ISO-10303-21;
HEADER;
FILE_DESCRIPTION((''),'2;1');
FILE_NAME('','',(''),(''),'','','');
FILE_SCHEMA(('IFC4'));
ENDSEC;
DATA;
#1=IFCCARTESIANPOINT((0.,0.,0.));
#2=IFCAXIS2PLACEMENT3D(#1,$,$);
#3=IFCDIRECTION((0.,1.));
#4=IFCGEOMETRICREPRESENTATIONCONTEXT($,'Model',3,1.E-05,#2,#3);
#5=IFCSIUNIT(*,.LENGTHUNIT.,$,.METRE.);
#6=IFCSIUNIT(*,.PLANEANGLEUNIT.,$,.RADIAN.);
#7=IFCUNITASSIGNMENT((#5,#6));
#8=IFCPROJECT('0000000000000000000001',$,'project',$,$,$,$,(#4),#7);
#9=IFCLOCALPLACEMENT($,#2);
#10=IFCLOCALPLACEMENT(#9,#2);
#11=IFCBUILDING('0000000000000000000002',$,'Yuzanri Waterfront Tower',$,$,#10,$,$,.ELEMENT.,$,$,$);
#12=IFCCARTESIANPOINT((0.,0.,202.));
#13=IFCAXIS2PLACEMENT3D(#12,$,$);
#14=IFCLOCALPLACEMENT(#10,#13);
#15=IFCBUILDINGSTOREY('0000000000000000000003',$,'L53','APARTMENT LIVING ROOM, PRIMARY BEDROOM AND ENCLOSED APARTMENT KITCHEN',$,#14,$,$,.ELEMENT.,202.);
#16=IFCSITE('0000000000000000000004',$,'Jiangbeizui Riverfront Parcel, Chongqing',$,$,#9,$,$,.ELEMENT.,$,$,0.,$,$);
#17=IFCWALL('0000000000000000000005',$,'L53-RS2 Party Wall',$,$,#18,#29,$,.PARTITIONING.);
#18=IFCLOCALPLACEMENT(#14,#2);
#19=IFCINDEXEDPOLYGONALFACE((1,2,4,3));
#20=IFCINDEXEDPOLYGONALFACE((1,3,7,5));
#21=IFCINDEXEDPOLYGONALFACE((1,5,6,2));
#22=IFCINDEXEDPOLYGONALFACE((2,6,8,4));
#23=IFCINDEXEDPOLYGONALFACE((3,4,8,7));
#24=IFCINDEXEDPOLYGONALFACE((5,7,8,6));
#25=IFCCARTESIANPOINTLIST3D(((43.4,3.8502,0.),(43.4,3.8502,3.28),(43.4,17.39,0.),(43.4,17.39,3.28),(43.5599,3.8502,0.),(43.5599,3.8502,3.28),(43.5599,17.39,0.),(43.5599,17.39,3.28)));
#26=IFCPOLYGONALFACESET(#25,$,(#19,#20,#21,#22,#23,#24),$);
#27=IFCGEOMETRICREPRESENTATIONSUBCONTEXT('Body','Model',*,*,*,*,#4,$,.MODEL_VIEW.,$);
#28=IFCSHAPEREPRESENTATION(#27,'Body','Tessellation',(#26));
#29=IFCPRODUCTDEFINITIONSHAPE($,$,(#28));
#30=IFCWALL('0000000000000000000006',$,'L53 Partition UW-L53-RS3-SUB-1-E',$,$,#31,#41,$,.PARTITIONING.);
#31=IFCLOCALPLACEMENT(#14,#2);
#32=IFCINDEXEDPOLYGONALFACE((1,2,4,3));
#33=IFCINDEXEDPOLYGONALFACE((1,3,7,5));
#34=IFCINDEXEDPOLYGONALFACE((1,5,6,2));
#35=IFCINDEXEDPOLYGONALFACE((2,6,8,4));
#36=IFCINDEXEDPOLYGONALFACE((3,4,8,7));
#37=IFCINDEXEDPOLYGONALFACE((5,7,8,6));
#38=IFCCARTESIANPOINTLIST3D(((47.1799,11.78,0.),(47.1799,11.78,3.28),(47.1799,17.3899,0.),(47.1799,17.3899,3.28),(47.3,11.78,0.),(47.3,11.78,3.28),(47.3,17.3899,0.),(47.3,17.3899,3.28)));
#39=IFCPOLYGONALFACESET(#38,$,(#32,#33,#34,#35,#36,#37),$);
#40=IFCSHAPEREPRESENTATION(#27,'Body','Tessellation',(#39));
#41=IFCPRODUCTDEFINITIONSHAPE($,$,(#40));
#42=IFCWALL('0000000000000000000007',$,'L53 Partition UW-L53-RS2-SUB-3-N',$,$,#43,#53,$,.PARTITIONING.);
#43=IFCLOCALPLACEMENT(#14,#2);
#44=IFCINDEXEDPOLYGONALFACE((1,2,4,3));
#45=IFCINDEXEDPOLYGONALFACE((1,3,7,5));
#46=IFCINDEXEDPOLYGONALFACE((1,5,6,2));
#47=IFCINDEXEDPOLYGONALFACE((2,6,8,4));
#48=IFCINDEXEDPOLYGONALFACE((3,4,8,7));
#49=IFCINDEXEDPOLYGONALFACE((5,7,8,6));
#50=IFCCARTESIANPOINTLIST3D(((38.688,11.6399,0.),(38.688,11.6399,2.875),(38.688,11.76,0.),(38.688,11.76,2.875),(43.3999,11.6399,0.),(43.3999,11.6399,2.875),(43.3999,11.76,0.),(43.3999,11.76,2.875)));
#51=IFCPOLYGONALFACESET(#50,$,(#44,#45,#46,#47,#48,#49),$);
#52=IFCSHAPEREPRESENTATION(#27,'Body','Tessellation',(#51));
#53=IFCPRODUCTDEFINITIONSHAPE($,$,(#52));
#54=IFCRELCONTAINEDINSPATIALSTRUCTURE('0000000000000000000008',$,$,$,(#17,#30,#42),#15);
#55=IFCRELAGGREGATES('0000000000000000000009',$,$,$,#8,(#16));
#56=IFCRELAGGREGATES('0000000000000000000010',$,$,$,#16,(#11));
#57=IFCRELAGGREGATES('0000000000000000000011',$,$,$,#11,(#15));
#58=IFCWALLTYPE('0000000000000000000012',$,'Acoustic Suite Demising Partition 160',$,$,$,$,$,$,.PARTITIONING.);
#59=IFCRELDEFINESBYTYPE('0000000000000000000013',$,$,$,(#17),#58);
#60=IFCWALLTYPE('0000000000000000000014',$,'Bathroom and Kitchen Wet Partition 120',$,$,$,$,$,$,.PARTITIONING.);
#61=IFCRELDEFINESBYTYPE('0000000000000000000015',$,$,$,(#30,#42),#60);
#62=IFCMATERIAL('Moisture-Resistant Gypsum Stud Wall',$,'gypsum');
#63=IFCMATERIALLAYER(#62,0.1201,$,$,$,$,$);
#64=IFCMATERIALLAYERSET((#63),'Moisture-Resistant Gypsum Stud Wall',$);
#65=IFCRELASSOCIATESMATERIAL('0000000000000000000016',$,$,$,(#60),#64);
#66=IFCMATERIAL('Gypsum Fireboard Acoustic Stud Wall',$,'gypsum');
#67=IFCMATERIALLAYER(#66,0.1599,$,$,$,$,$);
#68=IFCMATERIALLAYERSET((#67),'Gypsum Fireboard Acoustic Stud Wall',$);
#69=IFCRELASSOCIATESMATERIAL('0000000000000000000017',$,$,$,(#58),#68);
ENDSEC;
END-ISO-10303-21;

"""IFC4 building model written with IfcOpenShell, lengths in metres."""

from ifc_helpers import new_model, si_unit, direction, frame, frame_2d, origin, place, context, subcontext, project, spatial, rectangle, extrude, source, transform, mapped, material, layer, layer_set, type_object, element, save


model = new_model("IFC4")

# Units and contexts
model_context = context("Model", 3, precision=1e-05, world=origin(), true_north=direction((0.0, 1.0)))
body_context = subcontext(model_context, "Body", "Model", "MODEL_VIEW")
ifc_project = project(units=[si_unit("LENGTHUNIT", "METRE"), si_unit("PLANEANGLEUNIT", "RADIAN")], contexts=[model_context])

# Site, building, storey
site_placement = place(None, origin())
site = spatial("IfcSite", under=ifc_project, at=site_placement, Name="Jiangbeizui Riverfront Parcel, Chongqing", CompositionType="ELEMENT", RefElevation=0.0)
building_placement = place(site_placement, origin())
building = spatial("IfcBuilding", under=site, at=building_placement, Name="Yuzanri Waterfront Tower", CompositionType="ELEMENT")
storey_placement = place(building_placement, frame((0.0, 0.0, 202.0)))
storey = spatial("IfcBuildingStorey", under=building, at=storey_placement, Name="L53", Description="APARTMENT LIVING ROOM, PRIMARY BEDROOM AND ENCLOSED APARTMENT KITCHEN", CompositionType="ELEMENT", Elevation=202.0)

# Shared definitions
ifc_material_1 = material(Name="Moisture-Resistant Gypsum Stud Wall", Category="gypsum")
ifc_layer_1 = layer(ifc_material_1, 0.1201)
ifc_layer_set_1 = layer_set([ifc_layer_1], Name="Moisture-Resistant Gypsum Stud Wall")
wall_type_1 = type_object("IfcWallType", Name="Bathroom and Kitchen Wet Partition 120", PredefinedType="PARTITIONING", material=ifc_layer_set_1)

# Walls
ifc_material_2 = material(Name="Gypsum Fireboard Acoustic Stud Wall", Category="gypsum")
ifc_layer_2 = layer(ifc_material_2, 0.1599)
ifc_layer_set_2 = layer_set([ifc_layer_2], Name="Gypsum Fireboard Acoustic Stud Wall")
wall_type_2 = type_object("IfcWallType", Name="Acoustic Suite Demising Partition 160", PredefinedType="PARTITIONING", material=ifc_layer_set_2)
shared_shape_1 = source(origin(), body_context, "Body", "SweptSolid", [
    extrude(rectangle(XDim=13.5398, YDim=0.1599, at=frame_2d((6.77, 0.0))), origin(), (0.0, 0.0, 1.0), 3.28),
])
wall_1_placement = place(storey_placement, frame((43.48, 3.8501, 0.0), z_axis=(0.0, 0.0, 1.0), x_axis=(0.0, 1.0, 0.0)))
element("IfcWall", 1, at=wall_1_placement, inside=storey, type_object=wall_type_2, Name="L53-RS2 Party Wall", PredefinedType="PARTITIONING", context=body_context, shape_type="MappedRepresentation", body=[
    mapped(shared_shape_1, transform((0.0, 0.0, 0.0), scale=1.0)),
])
shared_shape_2 = source(origin(), body_context, "Body", "SweptSolid", [
    extrude(rectangle(XDim=5.6099, YDim=0.1201, at=frame_2d((2.8049, 0.0))), origin(), (0.0, 0.0, 1.0), 3.28),
])
wall_2_placement = place(storey_placement, frame((47.24, 11.78, 0.0), z_axis=(0.0, 0.0, 1.0), x_axis=(0.0, 1.0, 0.0)))
element("IfcWall", 2, at=wall_2_placement, inside=storey, type_object=wall_type_1, Name="L53 Partition UW-L53-RS3-SUB-1-E", PredefinedType="PARTITIONING", context=body_context, shape_type="MappedRepresentation", body=[
    mapped(shared_shape_2, transform((0.0, 0.0, 0.0), scale=1.0)),
])
shared_shape_3 = source(origin(), body_context, "Body", "SweptSolid", [
    extrude(rectangle(XDim=4.7119, YDim=0.1201, at=frame_2d((2.356, 0.0))), origin(), (0.0, 0.0, 1.0), 2.875),
])
wall_3_placement = place(storey_placement, frame((38.688, 11.7, 0.0), z_axis=(0.0, 0.0, 1.0), x_axis=(1.0, 0.0, 0.0)))
element("IfcWall", 3, at=wall_3_placement, inside=storey, type_object=wall_type_1, Name="L53 Partition UW-L53-RS2-SUB-3-N", PredefinedType="PARTITIONING", context=body_context, shape_type="MappedRepresentation", body=[
    mapped(shared_shape_3, transform((0.0, 0.0, 0.0), scale=1.0)),
])

save(model, "model.ifc")
